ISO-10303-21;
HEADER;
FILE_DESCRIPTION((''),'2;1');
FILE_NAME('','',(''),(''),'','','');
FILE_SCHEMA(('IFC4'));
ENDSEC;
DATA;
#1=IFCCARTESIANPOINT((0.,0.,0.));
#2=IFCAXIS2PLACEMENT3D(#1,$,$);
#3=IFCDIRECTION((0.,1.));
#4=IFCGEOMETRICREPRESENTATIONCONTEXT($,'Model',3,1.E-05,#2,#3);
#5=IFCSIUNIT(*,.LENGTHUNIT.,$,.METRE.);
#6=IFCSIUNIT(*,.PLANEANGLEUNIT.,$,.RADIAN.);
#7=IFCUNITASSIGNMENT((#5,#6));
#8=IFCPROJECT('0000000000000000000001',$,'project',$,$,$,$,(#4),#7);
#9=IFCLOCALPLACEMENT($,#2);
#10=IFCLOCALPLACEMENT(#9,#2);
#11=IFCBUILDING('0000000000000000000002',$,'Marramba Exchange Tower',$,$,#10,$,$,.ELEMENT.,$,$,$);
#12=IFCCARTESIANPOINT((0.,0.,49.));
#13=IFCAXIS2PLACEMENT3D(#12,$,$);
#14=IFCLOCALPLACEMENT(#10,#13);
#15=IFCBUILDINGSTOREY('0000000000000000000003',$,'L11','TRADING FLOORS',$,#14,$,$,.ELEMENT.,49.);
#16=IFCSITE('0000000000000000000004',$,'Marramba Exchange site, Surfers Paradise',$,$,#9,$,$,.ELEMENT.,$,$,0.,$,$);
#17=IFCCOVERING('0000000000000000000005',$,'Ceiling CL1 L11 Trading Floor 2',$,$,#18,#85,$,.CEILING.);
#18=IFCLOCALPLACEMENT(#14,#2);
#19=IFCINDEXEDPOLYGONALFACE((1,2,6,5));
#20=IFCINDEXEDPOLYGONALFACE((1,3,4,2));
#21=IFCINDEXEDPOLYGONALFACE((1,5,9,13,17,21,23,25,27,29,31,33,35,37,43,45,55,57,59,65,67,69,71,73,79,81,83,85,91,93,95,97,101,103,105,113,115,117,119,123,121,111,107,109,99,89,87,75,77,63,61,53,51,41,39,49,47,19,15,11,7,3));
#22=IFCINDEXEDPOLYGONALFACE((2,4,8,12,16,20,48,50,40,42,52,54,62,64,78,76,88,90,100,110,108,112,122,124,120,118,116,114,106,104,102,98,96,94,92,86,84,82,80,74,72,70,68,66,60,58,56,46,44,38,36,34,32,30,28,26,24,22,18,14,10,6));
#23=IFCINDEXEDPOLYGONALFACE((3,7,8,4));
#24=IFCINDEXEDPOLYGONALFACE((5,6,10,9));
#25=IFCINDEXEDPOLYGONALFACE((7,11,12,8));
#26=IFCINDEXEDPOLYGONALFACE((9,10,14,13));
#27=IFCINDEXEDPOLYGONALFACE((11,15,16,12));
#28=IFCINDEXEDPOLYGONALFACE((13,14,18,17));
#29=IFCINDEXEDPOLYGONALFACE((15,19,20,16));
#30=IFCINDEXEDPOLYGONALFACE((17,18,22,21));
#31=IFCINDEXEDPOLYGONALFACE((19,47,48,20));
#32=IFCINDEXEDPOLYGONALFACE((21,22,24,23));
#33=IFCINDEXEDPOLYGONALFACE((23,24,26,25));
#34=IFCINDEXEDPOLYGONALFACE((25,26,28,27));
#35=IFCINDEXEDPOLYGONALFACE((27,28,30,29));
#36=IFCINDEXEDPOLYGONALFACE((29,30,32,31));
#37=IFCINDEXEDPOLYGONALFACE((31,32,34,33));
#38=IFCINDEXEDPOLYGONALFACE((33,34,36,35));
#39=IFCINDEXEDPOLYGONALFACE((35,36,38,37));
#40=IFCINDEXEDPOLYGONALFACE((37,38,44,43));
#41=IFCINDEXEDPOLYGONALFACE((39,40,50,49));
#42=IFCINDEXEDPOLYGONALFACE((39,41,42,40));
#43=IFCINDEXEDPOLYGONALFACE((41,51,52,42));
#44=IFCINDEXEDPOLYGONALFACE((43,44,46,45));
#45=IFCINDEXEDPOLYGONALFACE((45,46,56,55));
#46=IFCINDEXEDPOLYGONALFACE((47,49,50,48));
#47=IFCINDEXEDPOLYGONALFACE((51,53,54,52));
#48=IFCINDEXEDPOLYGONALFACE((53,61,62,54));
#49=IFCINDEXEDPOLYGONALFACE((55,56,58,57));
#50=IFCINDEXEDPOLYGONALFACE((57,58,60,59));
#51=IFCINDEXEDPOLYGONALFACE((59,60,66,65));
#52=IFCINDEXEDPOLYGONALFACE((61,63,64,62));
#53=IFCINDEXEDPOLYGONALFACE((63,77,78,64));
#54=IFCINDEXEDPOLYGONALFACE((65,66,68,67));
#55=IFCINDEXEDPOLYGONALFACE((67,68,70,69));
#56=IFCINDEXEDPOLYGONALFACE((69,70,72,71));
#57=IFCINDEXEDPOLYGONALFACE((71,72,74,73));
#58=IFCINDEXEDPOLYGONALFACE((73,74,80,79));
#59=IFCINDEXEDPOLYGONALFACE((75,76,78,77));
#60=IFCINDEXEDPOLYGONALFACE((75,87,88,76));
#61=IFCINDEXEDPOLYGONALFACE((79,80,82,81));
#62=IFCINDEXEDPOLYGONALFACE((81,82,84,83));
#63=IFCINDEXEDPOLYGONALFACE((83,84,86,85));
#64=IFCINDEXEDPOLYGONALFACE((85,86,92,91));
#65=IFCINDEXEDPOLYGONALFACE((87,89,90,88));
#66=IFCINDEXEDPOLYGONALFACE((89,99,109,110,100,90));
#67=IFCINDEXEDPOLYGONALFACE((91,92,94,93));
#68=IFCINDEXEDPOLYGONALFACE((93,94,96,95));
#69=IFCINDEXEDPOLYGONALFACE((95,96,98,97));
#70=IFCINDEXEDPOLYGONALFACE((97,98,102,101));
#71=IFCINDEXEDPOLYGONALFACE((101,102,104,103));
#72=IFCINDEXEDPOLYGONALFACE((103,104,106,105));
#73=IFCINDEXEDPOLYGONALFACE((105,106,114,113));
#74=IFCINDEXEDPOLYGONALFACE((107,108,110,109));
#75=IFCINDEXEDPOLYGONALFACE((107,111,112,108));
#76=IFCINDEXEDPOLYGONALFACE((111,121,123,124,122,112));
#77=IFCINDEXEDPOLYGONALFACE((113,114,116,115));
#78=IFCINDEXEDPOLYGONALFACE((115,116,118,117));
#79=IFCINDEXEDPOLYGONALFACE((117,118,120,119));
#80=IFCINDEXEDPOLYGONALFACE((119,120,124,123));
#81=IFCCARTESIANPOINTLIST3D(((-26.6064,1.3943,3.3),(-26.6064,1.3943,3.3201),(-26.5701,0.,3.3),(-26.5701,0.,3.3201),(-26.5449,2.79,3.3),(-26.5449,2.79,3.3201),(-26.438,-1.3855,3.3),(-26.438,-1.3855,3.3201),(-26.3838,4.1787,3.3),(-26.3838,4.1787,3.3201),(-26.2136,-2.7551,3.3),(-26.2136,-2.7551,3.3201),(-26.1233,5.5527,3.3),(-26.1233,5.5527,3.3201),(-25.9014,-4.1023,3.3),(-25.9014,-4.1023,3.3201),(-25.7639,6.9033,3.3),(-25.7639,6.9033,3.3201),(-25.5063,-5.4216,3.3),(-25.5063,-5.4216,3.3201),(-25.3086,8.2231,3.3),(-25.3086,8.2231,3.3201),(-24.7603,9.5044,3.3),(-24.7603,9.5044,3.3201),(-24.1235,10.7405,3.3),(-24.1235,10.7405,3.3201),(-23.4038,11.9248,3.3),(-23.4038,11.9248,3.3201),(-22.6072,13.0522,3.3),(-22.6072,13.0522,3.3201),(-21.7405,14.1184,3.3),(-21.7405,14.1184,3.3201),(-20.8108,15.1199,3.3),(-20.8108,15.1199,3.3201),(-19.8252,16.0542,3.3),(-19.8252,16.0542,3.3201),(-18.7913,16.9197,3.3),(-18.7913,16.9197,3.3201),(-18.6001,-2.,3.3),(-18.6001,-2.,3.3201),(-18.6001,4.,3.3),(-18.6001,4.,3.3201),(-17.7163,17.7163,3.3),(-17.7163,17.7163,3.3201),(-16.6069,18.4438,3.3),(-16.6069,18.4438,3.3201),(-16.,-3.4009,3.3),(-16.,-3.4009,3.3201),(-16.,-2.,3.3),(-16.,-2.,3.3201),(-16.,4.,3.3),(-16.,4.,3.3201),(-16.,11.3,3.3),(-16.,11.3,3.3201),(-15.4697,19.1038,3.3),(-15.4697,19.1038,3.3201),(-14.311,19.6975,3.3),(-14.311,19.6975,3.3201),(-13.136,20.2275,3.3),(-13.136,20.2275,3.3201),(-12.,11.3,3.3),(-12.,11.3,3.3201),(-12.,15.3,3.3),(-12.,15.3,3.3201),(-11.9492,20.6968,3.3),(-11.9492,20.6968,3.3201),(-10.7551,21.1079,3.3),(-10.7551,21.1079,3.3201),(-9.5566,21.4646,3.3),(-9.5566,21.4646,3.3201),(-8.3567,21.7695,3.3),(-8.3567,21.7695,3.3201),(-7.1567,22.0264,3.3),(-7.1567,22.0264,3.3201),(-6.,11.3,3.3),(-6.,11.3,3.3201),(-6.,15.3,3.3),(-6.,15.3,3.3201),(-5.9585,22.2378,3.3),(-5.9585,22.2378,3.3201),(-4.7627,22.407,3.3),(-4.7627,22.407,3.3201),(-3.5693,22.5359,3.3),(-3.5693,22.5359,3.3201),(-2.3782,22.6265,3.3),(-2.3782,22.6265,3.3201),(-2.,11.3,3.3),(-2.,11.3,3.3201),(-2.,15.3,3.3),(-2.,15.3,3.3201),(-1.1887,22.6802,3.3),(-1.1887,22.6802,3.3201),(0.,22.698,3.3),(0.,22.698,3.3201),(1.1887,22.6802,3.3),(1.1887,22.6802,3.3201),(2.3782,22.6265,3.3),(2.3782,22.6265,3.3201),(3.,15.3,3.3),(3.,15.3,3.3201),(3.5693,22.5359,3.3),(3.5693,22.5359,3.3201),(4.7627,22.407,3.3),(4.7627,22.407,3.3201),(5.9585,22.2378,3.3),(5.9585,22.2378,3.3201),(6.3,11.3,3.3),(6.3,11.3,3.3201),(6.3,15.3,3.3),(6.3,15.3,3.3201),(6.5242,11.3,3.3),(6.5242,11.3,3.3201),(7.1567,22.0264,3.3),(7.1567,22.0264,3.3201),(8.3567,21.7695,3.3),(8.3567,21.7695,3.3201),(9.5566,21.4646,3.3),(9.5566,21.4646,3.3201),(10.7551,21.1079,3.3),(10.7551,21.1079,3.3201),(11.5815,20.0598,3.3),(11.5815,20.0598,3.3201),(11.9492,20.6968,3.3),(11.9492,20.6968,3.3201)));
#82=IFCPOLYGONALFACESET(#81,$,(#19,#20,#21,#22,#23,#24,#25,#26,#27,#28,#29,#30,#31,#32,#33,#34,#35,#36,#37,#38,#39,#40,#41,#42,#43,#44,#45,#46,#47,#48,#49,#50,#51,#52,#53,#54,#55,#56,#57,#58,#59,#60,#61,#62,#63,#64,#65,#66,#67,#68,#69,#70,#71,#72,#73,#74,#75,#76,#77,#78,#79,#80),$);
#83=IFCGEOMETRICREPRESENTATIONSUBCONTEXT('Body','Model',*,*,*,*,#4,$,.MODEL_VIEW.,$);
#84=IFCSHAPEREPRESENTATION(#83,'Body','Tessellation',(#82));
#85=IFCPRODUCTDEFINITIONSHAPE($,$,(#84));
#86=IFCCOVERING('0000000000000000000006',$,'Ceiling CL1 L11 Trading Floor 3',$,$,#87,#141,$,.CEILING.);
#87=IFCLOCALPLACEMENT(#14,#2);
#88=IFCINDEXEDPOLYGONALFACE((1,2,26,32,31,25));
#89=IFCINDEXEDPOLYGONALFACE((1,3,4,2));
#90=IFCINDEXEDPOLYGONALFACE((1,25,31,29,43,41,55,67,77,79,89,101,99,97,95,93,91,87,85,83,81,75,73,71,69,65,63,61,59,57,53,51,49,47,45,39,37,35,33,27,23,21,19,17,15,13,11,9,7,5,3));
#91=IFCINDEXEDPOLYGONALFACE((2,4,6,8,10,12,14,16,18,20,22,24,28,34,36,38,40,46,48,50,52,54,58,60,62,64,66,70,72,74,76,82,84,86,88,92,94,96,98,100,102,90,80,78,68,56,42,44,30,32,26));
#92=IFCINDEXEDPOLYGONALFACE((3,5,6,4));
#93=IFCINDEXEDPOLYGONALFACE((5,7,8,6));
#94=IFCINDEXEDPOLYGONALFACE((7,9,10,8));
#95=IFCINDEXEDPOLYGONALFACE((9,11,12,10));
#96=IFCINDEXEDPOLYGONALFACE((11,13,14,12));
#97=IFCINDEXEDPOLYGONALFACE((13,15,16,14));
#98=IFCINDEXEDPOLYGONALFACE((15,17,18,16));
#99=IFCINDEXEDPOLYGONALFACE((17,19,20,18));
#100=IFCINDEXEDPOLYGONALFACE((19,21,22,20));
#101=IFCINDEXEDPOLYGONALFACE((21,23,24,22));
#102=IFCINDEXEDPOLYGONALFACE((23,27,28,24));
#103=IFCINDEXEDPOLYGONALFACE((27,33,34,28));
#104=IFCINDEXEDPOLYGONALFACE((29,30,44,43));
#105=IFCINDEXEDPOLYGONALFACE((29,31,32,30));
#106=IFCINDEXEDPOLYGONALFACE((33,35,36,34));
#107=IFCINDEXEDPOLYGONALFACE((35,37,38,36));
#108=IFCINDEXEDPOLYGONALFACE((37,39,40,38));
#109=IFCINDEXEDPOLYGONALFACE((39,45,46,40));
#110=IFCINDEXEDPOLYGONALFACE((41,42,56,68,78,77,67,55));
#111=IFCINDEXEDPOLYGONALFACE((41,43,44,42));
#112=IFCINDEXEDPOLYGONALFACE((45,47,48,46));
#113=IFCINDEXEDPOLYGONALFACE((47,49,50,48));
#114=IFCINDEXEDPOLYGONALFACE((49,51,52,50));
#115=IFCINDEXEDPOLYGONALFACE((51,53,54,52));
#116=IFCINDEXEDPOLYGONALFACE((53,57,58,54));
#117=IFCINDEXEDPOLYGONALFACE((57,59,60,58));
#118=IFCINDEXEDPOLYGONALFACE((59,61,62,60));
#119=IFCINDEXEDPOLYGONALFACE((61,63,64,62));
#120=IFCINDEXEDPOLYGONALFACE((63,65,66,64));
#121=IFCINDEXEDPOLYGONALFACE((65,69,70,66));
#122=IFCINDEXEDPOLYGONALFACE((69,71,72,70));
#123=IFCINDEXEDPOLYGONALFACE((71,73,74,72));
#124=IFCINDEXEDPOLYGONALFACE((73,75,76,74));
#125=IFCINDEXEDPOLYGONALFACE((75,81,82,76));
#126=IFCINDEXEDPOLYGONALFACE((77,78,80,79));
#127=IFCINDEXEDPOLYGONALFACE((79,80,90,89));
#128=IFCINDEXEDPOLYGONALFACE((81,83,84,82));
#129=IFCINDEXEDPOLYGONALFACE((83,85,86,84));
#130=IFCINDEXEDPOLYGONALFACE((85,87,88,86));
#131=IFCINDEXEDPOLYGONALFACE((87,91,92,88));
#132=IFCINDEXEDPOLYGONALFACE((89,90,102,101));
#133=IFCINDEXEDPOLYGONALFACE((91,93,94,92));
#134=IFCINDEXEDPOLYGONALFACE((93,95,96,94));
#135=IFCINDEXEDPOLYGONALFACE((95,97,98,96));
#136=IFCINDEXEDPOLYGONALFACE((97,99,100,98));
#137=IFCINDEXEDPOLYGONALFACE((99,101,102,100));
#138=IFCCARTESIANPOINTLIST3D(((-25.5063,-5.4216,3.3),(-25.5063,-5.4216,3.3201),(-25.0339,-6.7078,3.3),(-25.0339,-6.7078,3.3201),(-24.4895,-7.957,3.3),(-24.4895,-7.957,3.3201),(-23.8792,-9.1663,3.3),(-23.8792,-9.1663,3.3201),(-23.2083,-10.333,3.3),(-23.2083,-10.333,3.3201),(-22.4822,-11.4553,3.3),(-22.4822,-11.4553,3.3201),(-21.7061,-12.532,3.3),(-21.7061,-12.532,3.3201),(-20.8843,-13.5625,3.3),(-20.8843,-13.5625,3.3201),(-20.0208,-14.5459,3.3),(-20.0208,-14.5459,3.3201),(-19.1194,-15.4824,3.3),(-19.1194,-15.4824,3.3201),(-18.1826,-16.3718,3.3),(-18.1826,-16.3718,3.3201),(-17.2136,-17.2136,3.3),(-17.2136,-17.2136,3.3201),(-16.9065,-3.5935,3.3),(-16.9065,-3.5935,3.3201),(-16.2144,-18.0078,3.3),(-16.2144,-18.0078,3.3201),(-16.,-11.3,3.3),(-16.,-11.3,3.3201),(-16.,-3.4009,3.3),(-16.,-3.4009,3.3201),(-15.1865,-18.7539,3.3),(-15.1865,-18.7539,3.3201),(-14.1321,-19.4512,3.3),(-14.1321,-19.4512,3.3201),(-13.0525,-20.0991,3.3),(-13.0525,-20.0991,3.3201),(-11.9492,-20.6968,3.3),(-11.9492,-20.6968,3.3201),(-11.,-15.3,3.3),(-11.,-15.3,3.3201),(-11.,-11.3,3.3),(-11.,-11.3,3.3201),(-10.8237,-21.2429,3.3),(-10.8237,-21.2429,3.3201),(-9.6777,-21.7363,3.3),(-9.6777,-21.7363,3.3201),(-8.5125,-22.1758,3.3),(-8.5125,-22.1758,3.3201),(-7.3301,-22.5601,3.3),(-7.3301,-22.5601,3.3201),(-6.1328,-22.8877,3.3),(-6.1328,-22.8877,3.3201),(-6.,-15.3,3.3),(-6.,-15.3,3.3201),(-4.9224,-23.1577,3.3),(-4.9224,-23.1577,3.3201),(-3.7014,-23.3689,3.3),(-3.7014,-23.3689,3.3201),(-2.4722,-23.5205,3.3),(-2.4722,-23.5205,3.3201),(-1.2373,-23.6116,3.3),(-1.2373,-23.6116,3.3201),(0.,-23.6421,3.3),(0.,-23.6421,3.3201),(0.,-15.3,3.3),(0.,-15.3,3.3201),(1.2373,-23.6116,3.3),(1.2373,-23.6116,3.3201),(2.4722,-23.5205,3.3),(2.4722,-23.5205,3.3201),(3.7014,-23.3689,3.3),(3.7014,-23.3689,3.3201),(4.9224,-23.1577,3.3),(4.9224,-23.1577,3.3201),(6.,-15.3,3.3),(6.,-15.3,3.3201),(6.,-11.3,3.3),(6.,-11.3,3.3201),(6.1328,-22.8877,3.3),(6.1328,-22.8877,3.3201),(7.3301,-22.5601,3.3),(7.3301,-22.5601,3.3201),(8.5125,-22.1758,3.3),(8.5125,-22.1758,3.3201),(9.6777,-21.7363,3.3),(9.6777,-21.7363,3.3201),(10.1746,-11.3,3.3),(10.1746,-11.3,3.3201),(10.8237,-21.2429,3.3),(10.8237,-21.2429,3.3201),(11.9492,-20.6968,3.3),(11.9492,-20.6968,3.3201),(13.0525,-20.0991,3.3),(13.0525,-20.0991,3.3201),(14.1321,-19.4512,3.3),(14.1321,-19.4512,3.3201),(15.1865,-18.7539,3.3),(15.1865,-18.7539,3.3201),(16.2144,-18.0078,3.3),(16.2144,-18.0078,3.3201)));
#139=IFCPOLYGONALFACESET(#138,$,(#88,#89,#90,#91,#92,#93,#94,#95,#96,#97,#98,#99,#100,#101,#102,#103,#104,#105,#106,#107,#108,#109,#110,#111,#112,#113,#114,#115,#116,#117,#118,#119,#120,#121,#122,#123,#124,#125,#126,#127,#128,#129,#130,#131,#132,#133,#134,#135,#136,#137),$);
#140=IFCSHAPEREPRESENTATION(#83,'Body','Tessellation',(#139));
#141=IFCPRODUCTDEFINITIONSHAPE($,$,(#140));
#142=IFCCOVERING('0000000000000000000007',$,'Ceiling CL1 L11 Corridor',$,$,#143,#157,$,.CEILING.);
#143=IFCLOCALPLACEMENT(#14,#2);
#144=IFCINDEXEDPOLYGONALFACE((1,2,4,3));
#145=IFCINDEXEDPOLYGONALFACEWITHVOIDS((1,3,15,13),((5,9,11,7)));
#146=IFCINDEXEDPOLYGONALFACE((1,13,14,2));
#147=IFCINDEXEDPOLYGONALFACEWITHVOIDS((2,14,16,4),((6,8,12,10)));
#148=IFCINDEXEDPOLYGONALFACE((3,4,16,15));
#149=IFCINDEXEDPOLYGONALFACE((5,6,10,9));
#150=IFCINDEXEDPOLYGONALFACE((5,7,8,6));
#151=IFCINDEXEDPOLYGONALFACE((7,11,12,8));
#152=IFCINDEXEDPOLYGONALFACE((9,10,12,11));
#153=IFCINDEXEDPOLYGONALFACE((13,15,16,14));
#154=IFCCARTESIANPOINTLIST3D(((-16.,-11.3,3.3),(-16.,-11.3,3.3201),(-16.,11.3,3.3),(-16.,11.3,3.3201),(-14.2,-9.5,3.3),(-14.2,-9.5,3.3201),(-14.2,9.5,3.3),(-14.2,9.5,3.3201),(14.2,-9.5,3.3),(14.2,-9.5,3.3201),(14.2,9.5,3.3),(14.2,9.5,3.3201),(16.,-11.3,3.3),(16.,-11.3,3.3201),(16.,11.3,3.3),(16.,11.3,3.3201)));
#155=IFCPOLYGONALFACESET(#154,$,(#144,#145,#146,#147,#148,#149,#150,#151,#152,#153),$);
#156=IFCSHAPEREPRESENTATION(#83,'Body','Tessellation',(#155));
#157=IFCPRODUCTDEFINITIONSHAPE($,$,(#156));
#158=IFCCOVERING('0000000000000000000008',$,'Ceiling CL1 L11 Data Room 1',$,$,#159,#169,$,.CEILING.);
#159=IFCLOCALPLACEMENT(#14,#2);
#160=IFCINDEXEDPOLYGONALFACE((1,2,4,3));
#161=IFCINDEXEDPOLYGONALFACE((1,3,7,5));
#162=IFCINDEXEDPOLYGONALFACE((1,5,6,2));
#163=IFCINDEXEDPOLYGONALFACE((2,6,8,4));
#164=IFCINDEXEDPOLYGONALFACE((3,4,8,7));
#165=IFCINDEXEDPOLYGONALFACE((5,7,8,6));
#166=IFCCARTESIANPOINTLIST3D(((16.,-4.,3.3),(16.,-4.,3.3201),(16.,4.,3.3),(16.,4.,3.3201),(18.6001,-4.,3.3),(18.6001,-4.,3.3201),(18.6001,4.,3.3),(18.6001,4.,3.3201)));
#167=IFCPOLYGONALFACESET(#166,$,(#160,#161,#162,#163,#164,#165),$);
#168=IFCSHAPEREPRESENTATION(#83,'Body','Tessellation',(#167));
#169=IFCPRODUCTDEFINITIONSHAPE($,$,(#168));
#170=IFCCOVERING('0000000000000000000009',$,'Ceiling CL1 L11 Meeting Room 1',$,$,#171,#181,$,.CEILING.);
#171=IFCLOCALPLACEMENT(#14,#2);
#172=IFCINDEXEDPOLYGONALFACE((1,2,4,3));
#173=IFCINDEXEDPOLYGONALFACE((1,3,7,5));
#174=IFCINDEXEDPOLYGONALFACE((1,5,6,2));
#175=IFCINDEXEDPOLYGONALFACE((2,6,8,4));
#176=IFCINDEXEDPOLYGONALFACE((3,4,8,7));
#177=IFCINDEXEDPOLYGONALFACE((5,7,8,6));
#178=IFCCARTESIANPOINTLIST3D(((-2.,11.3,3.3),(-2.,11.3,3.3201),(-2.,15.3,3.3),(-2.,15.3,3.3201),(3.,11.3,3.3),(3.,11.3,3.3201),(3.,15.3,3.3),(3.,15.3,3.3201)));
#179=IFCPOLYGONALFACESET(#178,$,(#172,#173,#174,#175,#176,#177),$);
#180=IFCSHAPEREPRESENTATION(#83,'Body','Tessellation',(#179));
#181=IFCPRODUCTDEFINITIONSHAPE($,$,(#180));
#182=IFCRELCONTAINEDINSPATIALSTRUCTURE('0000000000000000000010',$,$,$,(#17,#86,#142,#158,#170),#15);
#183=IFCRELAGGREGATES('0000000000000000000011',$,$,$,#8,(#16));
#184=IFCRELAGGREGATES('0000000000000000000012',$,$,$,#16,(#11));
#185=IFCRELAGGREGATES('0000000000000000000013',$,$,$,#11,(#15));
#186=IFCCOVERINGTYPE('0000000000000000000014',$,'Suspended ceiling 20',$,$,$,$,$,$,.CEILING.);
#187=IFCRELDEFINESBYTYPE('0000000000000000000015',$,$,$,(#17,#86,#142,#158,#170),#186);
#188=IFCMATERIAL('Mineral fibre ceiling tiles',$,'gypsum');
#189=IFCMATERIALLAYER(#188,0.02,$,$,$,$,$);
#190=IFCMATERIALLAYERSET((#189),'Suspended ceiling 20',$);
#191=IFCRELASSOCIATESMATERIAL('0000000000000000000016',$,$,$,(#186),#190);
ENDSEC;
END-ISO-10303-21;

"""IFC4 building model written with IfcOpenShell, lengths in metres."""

from ifc_helpers import new_model, si_unit, direction, frame, origin, place, context, subcontext, project, spatial, polyline, outline, extrude, material, layer, layer_set, type_object, element, save


model = new_model("IFC4")

# Units and contexts
model_context = context("Model", 3, precision=1e-05, world=origin(), true_north=direction((0.0, 1.0)))
body_context = subcontext(model_context, "Body", "Model", "MODEL_VIEW")
ifc_project = project(units=[si_unit("LENGTHUNIT", "METRE"), si_unit("PLANEANGLEUNIT", "RADIAN")], contexts=[model_context])

# Site, building, storey
site_placement = place(None, origin())
site = spatial("IfcSite", under=ifc_project, at=site_placement, Name="Marramba Exchange site, Surfers Paradise", CompositionType="ELEMENT", RefElevation=0.0)
building_placement = place(site_placement, origin())
building = spatial("IfcBuilding", under=site, at=building_placement, Name="Marramba Exchange Tower", CompositionType="ELEMENT")
storey_placement = place(building_placement, frame((0.0, 0.0, 49.0)))
storey = spatial("IfcBuildingStorey", under=building, at=storey_placement, Name="L11", Description="TRADING FLOORS", CompositionType="ELEMENT", Elevation=49.0)

# Coverings
ifc_material_1 = material(Name="Mineral fibre ceiling tiles", Category="gypsum")
ifc_layer_1 = layer(ifc_material_1, 0.02)
ifc_layer_set_1 = layer_set([ifc_layer_1], Name="Suspended ceiling 20")
covering_type_1 = type_object("IfcCoveringType", Name="Suspended ceiling 20", PredefinedType="CEILING", material=ifc_layer_set_1)
covering_1_placement = place(storey_placement, frame((0.0, 0.0, 3.3)))
element("IfcCovering", 1, at=covering_1_placement, inside=storey, type_object=covering_type_1, Name="Ceiling CL1 L11 Trading Floor 2", PredefinedType="CEILING", context=body_context, shape_type="SweptSolid", body=[
    extrude(outline(polyline([(-16.0, 4.0), (-18.6001, 4.0), (-18.6001, -2.0), (-16.0, -2.0), (-16.0, -3.4009), (-25.5063, -5.4216), (-25.9014, -4.1023), (-26.2136, -2.7551), (-26.438, -1.3855), (-26.5701, 0.0), (-26.6064, 1.3943), (-26.5449, 2.79), (-26.3838, 4.1787), (-26.1233, 5.5527), (-25.7639, 6.9033), (-25.3086, 8.2231), (-24.7603, 9.5044), (-24.1235, 10.7405), (-23.4038, 11.9248), (-22.6072, 13.0522), (-21.7405, 14.1184), (-20.8108, 15.1199), (-19.8252, 16.0542), (-18.7913, 16.9197), (-17.7163, 17.7163), (-16.6069, 18.4438), (-15.4697, 19.1038), (-14.311, 19.6975), (-13.136, 20.2275), (-11.9492, 20.6968), (-10.7551, 21.1079), (-9.5566, 21.4646), (-8.3567, 21.7695), (-7.1567, 22.0264), (-5.9585, 22.2378), (-4.7627, 22.407), (-3.5693, 22.5359), (-2.3782, 22.6265), (-1.1887, 22.6802), (0.0, 22.698), (1.1887, 22.6802), (2.3782, 22.6265), (3.5693, 22.5359), (4.7627, 22.407), (5.9585, 22.2378), (7.1567, 22.0264), (8.3567, 21.7695), (9.5566, 21.4646), (10.7551, 21.1079), (11.9492, 20.6968), (11.5815, 20.0598), (6.5242, 11.3), (6.3, 11.3), (6.3, 15.3), (3.0, 15.3), (-2.0, 15.3), (-2.0, 11.3), (-6.0, 11.3), (-6.0, 15.3), (-12.0, 15.3), (-12.0, 11.3), (-16.0, 11.3), (-16.0, 4.0)])), origin(), (0.0, 0.0, 1.0), 0.02),
])
covering_2_placement = place(storey_placement, frame((0.0, 0.0, 3.3)))
element("IfcCovering", 2, at=covering_2_placement, inside=storey, type_object=covering_type_1, Name="Ceiling CL1 L11 Trading Floor 3", PredefinedType="CEILING", context=body_context, shape_type="SweptSolid", body=[
    extrude(outline(polyline([(-11.0, -11.3), (-11.0, -15.3), (-6.0, -15.3), (0.0, -15.3), (6.0, -15.3), (6.0, -11.3), (10.1746, -11.3), (16.2144, -18.0078), (15.1865, -18.7539), (14.1321, -19.4512), (13.0525, -20.0991), (11.9492, -20.6968), (10.8237, -21.2429), (9.6777, -21.7363), (8.5125, -22.1758), (7.3301, -22.5601), (6.1328, -22.8877), (4.9224, -23.1577), (3.7014, -23.3689), (2.4722, -23.5205), (1.2373, -23.6116), (0.0, -23.6421), (-1.2373, -23.6116), (-2.4722, -23.5205), (-3.7014, -23.3689), (-4.9224, -23.1577), (-6.1328, -22.8877), (-7.3301, -22.5601), (-8.5125, -22.1758), (-9.6777, -21.7363), (-10.8237, -21.2429), (-11.9492, -20.6968), (-13.0525, -20.0991), (-14.1321, -19.4512), (-15.1865, -18.7539), (-16.2144, -18.0078), (-17.2136, -17.2136), (-18.1826, -16.3718), (-19.1194, -15.4824), (-20.0208, -14.5459), (-20.8843, -13.5625), (-21.7061, -12.532), (-22.4822, -11.4553), (-23.2083, -10.333), (-23.8792, -9.1663), (-24.4895, -7.957), (-25.0339, -6.7078), (-25.5063, -5.4216), (-16.9065, -3.5935), (-16.0, -3.4009), (-16.0, -11.3), (-11.0, -11.3)])), origin(), (0.0, 0.0, 1.0), 0.02),
])
covering_3_placement = place(storey_placement, frame((0.0, 0.0, 3.3)))
element("IfcCovering", 3, at=covering_3_placement, inside=storey, type_object=covering_type_1, Name="Ceiling CL1 L11 Corridor", PredefinedType="CEILING", context=body_context, shape_type="SweptSolid", body=[
    extrude(outline(polyline([(-16.0, 11.3), (16.0, 11.3), (16.0, -11.3), (-16.0, -11.3), (-16.0, 11.3)]), holes=[polyline([(-14.2, 9.5), (-14.2, -9.5), (14.2, -9.5), (14.2, 9.5), (-14.2, 9.5)])]), origin(), (0.0, 0.0, 1.0), 0.02),
])
covering_4_placement = place(storey_placement, frame((0.0, 0.0, 3.3)))
element("IfcCovering", 4, at=covering_4_placement, inside=storey, type_object=covering_type_1, Name="Ceiling CL1 L11 Data Room 1", PredefinedType="CEILING", context=body_context, shape_type="SweptSolid", body=[
    extrude(outline(polyline([(18.6001, -4.0), (16.0, -4.0), (16.0, 4.0), (18.6001, 4.0), (18.6001, -4.0)])), origin(), (0.0, 0.0, 1.0), 0.02),
])
covering_5_placement = place(storey_placement, frame((0.0, 0.0, 3.3)))
element("IfcCovering", 5, at=covering_5_placement, inside=storey, type_object=covering_type_1, Name="Ceiling CL1 L11 Meeting Room 1", PredefinedType="CEILING", context=body_context, shape_type="SweptSolid", body=[
    extrude(outline(polyline([(3.0, 11.3), (-2.0, 11.3), (-2.0, 15.3), (3.0, 15.3), (3.0, 11.3)])), origin(), (0.0, 0.0, 1.0), 0.02),
])

save(model, "model.ifc")
